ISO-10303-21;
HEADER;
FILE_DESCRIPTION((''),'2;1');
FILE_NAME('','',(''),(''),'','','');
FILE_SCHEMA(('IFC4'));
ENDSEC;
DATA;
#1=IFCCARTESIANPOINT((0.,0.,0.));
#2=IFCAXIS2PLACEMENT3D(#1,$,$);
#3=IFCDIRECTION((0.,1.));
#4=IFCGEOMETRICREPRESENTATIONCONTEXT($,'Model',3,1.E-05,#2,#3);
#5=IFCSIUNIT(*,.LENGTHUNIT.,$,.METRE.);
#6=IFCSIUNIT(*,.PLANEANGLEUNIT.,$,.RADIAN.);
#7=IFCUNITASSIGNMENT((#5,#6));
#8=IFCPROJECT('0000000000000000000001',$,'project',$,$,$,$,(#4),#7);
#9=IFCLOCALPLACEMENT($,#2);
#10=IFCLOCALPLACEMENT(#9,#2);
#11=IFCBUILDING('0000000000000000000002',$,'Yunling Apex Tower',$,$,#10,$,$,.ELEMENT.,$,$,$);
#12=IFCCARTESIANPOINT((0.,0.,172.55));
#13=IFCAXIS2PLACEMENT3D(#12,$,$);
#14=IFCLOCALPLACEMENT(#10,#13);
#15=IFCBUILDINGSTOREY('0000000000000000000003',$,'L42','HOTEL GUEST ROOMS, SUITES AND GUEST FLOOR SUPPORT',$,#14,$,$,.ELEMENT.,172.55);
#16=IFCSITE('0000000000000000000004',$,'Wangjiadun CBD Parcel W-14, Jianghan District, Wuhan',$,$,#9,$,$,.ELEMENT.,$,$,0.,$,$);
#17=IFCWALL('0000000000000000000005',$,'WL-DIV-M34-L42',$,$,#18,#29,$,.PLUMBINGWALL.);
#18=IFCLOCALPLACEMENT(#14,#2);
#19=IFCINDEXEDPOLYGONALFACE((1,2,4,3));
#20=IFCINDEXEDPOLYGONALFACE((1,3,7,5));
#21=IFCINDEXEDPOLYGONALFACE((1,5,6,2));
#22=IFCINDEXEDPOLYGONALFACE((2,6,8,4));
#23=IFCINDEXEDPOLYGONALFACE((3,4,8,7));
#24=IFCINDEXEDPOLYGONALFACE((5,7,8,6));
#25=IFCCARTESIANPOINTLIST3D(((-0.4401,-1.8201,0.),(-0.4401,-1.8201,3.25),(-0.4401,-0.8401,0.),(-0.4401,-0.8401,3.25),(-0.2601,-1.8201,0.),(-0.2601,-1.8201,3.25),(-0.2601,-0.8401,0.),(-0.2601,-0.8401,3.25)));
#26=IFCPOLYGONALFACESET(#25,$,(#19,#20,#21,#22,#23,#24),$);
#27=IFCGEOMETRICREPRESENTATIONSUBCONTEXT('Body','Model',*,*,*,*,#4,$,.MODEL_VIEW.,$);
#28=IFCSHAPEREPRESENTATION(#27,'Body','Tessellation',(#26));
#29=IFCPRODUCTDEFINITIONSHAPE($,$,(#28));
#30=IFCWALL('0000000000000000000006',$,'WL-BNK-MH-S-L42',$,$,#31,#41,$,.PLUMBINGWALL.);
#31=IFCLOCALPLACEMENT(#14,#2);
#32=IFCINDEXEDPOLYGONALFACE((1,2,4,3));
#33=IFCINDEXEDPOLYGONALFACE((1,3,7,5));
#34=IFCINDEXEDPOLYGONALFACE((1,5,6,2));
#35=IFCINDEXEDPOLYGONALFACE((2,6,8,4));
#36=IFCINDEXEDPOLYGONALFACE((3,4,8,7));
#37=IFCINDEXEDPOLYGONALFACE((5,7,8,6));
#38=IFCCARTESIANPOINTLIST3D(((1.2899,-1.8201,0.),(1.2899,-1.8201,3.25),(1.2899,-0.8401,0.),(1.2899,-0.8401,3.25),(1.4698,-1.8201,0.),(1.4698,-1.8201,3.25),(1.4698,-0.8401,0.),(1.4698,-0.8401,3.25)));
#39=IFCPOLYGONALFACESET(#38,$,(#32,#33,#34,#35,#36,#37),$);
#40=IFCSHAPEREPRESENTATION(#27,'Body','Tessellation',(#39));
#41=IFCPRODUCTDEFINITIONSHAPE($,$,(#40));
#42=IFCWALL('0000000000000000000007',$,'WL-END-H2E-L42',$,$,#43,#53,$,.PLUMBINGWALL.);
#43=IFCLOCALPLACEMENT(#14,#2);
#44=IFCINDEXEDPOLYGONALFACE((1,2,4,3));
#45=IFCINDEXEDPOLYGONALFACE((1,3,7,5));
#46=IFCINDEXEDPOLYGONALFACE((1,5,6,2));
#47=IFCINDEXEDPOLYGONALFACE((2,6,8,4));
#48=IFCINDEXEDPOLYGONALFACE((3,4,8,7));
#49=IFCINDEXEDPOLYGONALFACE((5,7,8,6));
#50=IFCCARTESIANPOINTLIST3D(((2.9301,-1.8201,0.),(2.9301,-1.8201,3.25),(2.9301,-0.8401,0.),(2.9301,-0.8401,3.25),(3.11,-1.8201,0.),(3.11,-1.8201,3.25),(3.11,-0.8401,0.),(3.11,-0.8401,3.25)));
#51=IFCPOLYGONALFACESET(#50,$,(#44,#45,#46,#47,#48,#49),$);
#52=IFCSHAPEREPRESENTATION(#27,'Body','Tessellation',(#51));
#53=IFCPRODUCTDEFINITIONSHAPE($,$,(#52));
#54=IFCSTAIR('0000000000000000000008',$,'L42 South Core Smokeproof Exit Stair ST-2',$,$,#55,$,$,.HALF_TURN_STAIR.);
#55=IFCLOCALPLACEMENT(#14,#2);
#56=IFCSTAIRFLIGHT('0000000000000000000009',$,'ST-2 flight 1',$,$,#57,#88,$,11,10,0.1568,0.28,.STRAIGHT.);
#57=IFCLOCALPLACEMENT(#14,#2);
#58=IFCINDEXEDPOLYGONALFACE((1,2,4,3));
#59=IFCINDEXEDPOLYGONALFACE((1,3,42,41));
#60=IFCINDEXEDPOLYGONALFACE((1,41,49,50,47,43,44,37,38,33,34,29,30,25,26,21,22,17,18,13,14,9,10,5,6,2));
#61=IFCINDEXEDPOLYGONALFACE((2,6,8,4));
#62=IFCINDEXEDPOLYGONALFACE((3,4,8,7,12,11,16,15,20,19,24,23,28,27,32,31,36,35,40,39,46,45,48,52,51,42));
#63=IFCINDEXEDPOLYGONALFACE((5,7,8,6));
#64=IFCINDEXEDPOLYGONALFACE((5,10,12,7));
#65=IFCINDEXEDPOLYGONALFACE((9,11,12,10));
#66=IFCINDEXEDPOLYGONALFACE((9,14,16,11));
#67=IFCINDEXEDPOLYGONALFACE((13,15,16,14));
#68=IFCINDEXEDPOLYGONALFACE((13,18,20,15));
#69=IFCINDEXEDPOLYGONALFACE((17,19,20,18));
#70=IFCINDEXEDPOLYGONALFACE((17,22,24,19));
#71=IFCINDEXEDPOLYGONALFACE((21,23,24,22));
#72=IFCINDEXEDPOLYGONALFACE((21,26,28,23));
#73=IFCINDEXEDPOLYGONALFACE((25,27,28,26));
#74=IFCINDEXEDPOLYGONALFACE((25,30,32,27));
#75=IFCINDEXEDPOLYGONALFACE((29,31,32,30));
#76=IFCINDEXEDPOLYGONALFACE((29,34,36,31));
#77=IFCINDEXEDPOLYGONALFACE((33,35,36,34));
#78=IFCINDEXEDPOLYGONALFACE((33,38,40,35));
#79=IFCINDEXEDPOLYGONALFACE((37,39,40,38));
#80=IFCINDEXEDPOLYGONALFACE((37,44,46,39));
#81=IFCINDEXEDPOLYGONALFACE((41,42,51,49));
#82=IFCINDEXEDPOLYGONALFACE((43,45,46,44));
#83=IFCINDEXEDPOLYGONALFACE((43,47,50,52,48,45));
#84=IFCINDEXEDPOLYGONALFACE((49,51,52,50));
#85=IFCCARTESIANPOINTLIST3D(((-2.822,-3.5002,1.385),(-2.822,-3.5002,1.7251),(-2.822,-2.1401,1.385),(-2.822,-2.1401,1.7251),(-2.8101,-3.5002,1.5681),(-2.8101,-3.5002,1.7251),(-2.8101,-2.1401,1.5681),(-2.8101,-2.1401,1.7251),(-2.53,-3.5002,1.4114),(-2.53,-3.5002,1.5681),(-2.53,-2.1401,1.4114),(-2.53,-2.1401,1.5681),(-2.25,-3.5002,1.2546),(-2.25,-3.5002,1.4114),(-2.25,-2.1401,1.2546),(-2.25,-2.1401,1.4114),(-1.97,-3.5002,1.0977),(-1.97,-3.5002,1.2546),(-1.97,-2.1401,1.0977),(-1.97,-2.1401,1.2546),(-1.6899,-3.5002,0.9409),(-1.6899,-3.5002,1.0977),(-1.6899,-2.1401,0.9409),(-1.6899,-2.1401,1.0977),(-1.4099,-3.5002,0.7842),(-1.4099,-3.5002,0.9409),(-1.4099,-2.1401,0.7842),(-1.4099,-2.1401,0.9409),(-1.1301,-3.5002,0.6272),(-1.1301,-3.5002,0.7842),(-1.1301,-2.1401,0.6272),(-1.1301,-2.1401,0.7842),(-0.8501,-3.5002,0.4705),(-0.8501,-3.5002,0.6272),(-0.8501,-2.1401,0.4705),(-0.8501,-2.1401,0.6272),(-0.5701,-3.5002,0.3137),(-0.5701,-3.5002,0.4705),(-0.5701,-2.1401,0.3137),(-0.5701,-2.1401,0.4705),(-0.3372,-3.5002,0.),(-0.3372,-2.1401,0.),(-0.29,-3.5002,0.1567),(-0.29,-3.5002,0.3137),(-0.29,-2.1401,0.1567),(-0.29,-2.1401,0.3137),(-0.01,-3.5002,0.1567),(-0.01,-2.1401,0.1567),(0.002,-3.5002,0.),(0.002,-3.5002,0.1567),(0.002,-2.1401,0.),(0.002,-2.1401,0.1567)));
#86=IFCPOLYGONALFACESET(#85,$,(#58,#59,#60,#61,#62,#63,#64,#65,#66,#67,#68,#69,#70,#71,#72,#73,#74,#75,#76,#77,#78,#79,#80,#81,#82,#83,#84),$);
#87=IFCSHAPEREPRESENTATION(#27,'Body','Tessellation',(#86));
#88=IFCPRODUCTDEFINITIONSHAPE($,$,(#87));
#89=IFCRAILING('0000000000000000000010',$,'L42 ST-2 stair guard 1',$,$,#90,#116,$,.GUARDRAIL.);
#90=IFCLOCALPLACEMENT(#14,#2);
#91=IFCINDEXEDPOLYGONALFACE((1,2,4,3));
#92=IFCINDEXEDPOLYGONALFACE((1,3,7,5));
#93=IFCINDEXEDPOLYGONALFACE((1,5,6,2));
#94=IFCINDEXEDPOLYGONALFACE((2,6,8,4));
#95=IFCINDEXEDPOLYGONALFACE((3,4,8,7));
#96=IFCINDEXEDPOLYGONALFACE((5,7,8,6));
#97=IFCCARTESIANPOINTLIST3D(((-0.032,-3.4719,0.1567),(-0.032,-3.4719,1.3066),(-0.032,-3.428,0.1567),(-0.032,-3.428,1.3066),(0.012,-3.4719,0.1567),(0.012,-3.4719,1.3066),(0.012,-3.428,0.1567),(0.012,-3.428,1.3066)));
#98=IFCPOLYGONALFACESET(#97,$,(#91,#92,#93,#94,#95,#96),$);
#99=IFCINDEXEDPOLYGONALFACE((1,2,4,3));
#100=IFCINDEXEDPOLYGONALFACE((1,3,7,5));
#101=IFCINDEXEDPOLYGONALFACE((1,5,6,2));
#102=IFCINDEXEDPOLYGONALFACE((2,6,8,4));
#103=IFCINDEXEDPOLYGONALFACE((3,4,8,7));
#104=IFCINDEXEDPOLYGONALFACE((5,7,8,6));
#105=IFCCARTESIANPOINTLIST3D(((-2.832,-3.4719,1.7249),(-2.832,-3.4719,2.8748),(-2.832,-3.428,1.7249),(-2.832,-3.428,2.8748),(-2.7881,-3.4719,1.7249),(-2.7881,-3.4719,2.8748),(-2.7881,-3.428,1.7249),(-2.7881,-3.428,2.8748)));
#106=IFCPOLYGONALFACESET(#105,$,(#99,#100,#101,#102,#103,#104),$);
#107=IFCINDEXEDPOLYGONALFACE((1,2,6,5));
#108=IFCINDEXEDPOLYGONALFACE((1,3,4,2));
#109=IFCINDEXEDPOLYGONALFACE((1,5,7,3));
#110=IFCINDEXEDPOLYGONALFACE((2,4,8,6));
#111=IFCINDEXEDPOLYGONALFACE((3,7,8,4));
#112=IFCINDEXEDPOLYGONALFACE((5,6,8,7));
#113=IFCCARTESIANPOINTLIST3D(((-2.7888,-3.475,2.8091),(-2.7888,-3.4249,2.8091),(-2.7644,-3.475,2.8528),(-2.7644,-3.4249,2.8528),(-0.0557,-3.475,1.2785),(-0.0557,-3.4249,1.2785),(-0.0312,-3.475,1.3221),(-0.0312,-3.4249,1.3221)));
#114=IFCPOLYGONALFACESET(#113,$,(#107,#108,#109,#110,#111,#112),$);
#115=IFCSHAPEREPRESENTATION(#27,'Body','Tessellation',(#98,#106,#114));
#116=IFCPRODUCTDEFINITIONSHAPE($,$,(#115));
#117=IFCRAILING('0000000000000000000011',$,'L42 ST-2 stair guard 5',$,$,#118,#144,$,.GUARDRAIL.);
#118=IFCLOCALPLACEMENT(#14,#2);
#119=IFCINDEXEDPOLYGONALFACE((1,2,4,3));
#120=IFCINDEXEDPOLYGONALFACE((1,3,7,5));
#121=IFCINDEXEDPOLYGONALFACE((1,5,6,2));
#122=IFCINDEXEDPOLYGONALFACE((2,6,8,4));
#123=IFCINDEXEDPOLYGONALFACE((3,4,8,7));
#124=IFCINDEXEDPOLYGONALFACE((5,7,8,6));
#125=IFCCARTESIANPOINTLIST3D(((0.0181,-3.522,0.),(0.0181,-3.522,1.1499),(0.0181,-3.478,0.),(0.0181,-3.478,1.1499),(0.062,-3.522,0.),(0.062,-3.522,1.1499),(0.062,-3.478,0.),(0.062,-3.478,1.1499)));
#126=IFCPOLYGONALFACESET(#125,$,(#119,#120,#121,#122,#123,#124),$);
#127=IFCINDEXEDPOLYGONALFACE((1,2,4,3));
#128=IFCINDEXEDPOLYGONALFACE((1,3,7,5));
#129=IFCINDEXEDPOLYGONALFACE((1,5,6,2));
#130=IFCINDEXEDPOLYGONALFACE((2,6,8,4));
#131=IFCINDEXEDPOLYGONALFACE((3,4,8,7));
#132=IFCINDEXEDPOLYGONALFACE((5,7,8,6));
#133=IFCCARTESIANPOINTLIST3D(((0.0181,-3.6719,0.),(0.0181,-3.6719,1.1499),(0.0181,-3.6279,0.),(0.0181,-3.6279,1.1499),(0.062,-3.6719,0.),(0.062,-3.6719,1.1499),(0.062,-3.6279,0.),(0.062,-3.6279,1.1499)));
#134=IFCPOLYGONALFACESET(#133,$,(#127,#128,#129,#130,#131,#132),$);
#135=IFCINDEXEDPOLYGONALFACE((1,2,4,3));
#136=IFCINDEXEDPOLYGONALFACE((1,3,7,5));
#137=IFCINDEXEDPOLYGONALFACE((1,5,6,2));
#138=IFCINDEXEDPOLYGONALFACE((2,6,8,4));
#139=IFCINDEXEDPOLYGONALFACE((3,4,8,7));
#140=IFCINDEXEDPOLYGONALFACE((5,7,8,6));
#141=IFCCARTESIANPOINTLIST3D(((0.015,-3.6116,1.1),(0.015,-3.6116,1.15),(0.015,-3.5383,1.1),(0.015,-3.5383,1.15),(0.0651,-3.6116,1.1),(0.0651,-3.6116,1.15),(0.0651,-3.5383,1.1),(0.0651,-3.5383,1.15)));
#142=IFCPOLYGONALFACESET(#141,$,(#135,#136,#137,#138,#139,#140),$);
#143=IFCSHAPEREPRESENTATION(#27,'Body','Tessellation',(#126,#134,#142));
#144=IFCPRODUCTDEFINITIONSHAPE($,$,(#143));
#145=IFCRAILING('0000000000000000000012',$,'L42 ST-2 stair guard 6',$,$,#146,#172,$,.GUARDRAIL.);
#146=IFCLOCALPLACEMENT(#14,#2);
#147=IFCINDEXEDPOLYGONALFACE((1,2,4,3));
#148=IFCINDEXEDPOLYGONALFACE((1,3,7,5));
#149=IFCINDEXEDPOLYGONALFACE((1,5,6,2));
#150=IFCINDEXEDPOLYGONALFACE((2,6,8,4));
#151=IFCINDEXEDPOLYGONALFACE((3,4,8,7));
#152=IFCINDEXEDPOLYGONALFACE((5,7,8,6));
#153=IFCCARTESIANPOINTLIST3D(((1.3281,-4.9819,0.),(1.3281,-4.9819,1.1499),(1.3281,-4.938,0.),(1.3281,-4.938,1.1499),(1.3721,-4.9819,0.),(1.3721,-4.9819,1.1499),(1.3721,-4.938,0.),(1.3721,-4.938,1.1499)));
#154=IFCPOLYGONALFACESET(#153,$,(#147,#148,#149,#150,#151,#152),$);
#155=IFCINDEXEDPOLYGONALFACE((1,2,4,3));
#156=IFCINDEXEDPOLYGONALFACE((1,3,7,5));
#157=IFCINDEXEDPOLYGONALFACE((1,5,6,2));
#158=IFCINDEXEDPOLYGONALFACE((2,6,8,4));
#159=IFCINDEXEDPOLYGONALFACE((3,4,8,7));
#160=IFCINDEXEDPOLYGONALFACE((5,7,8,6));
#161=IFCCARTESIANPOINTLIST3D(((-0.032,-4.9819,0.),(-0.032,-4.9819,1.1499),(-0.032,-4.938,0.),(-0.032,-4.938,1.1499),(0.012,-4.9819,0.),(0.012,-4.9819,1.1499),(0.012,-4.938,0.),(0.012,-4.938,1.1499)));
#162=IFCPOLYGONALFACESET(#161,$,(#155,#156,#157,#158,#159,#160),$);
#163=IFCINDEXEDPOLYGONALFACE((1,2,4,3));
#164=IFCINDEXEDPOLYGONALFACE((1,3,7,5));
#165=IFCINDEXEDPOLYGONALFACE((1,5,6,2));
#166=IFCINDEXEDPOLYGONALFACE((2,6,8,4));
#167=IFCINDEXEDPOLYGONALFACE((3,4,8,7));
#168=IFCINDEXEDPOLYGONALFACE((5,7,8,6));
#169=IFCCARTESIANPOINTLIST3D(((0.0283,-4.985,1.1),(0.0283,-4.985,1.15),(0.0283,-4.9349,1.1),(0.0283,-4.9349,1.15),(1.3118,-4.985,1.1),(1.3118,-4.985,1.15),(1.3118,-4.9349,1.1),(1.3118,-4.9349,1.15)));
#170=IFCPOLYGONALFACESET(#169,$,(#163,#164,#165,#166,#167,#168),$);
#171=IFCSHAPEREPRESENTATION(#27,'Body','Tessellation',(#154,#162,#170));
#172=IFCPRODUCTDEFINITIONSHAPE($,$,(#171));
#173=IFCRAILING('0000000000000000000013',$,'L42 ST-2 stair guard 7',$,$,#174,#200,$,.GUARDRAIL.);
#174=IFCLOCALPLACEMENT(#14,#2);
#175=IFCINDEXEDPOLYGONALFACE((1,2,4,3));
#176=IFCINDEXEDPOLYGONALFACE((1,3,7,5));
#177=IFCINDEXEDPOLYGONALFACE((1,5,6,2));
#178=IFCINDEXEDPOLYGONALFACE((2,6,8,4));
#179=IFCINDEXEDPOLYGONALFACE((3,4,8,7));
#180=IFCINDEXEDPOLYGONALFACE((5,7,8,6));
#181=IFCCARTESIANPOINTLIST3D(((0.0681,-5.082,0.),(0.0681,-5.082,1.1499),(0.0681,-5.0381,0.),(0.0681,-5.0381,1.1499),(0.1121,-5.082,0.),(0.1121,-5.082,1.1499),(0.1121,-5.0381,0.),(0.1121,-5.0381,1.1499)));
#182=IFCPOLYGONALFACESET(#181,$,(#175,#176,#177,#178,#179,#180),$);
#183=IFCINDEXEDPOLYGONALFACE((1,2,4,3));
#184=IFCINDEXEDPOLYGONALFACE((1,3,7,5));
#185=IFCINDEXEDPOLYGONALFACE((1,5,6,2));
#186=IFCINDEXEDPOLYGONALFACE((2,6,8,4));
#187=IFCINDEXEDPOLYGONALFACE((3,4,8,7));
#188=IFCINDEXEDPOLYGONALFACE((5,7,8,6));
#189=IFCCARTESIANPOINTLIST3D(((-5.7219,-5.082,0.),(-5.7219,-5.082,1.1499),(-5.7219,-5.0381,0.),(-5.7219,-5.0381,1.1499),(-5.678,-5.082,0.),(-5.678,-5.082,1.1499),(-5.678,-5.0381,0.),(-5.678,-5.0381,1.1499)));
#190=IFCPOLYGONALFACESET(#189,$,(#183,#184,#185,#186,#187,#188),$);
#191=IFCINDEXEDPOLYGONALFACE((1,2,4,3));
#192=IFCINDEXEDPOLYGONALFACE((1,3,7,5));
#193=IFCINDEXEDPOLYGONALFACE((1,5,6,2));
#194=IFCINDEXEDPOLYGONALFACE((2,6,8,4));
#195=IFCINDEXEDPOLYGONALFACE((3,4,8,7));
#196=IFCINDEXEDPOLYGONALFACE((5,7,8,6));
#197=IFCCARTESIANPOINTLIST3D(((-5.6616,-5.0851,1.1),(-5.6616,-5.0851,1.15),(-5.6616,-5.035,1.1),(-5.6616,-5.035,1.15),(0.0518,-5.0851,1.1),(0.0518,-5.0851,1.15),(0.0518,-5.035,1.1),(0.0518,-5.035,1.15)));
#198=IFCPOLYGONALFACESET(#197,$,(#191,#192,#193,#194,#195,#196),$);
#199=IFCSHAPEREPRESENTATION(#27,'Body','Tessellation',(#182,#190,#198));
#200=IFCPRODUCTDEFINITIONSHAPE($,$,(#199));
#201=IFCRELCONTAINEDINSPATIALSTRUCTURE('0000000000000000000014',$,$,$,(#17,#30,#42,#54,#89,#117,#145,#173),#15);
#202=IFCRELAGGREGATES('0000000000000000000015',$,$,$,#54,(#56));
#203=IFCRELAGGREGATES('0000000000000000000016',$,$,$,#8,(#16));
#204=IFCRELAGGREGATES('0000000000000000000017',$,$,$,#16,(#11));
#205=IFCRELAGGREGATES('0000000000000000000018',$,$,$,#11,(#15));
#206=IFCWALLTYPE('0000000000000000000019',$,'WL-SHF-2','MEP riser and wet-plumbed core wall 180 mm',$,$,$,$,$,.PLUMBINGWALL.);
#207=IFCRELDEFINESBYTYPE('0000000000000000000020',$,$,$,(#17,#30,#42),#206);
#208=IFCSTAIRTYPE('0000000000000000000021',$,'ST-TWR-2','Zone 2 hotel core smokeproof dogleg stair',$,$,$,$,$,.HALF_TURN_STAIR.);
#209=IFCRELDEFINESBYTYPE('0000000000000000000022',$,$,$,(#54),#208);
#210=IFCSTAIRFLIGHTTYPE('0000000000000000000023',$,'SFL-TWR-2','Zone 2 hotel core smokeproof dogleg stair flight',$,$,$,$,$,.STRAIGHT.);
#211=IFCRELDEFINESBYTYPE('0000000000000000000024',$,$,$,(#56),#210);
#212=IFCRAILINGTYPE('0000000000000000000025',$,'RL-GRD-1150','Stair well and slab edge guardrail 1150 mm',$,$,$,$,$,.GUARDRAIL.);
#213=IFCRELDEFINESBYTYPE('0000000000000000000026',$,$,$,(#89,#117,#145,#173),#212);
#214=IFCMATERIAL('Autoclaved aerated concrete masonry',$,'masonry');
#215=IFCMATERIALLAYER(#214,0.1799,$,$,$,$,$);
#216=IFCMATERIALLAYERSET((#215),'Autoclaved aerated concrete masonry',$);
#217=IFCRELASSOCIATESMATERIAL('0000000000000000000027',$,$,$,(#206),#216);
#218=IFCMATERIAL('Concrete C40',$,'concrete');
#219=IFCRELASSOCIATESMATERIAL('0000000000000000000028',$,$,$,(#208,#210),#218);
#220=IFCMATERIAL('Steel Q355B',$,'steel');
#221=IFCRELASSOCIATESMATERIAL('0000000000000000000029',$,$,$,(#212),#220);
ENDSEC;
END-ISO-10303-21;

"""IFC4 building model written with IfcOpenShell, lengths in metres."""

from ifc_helpers import new_model, si_unit, direction, frame, frame_2d, origin, origin_2d, place, context, subcontext, project, spatial, polyline, rectangle, outline, extrude, material, layer, layer_set, type_object, element, aggregate, save


model = new_model("IFC4")

# Units and contexts
model_context = context("Model", 3, precision=1e-05, world=origin(), true_north=direction((0.0, 1.0)))
body_context = subcontext(model_context, "Body", "Model", "MODEL_VIEW")
ifc_project = project(units=[si_unit("LENGTHUNIT", "METRE"), si_unit("PLANEANGLEUNIT", "RADIAN")], contexts=[model_context])

# Site, building, storey
site_placement = place(None, origin())
site = spatial("IfcSite", under=ifc_project, at=site_placement, Name="Wangjiadun CBD Parcel W-14, Jianghan District, Wuhan", CompositionType="ELEMENT", RefElevation=0.0)
building_placement = place(site_placement, origin())
building = spatial("IfcBuilding", under=site, at=building_placement, Name="Yunling Apex Tower", CompositionType="ELEMENT")
storey_placement = place(building_placement, frame((0.0, 0.0, 172.55)))
storey = spatial("IfcBuildingStorey", under=building, at=storey_placement, Name="L42", Description="HOTEL GUEST ROOMS, SUITES AND GUEST FLOOR SUPPORT", CompositionType="ELEMENT", Elevation=172.55)

# Shared definitions
ifc_material_1 = material(Name="Concrete C40", Category="concrete")

# Shared definitions
ifc_material_2 = material(Name="Autoclaved aerated concrete masonry", Category="masonry")
ifc_material_3 = material(Name="Steel Q355B", Category="steel")

# Walls
ifc_layer_1 = layer(ifc_material_2, 0.1799)
ifc_layer_set_1 = layer_set([ifc_layer_1], Name="Autoclaved aerated concrete masonry")
wall_type_1 = type_object("IfcWallType", Name="WL-SHF-2", Description="MEP riser and wet-plumbed core wall 180 mm", PredefinedType="PLUMBINGWALL", material=ifc_layer_set_1)
for number, where, z_axis, x_axis, name in (
    (1, (-0.3501, -1.8201, 0.0), (0.0, 0.0, 1.0), (0.0, 1.0, 0.0), "WL-DIV-M34-L42"),
    (2, (1.3799, -1.8201, 0.0), (0.0, 0.0, 1.0), (0.0, 1.0, 0.0), "WL-BNK-MH-S-L42"),
    (3, (3.02, -1.8201, 0.0), (0.0, 0.0, 1.0), (0.0, 1.0, 0.0), "WL-END-H2E-L42"),
):
    element("IfcWall", number, at=place(storey_placement, frame(where, z_axis=z_axis, x_axis=x_axis)), inside=storey, type_object=wall_type_1, Name=name, PredefinedType="PLUMBINGWALL", context=body_context, shape_type="SweptSolid", body=[
        extrude(rectangle(XDim=0.98, YDim=0.1799, at=frame_2d((0.49, 0.0))), origin(), (0.0, 0.0, 1.0), 3.25),
    ])

# Stair, stair flight
stair_type = type_object("IfcStairType", Name="ST-TWR-2", Description="Zone 2 hotel core smokeproof dogleg stair", PredefinedType="HALF_TURN_STAIR", material=ifc_material_1)
stair_placement = place(storey_placement, origin())
stair = element("IfcStair", 4, at=stair_placement, inside=storey, type_object=stair_type, Name="L42 South Core Smokeproof Exit Stair ST-2", PredefinedType="HALF_TURN_STAIR")
stair_flight_type = type_object("IfcStairFlightType", Name="SFL-TWR-2", Description="Zone 2 hotel core smokeproof dogleg stair flight", PredefinedType="STRAIGHT", material=ifc_material_1)
stair_flight_placement = place(storey_placement, frame((-0.01, -2.8201, 0.0), z_axis=(0.0, 0.0, 1.0), x_axis=(-1.0, 0.0, 0.0)))
stair_flight = element("IfcStairFlight", 5, at=stair_flight_placement, type_object=stair_flight_type, Name="ST-2 flight 1", NumberOfRisers=11, NumberOfTreads=10, PredefinedType="STRAIGHT", RiserHeight=0.1568, TreadLength=0.28, context=body_context, shape_type="SweptSolid", body=[
    extrude(outline(polyline([(-0.012, 0.0), (-0.012, 0.1567), (0.0, 0.1567), (0.28, 0.1567), (0.28, 0.3137), (0.5601, 0.3137), (0.5601, 0.4705), (0.8401, 0.4705), (0.8401, 0.6272), (1.1201, 0.6272), (1.1201, 0.7842), (1.3999, 0.7842), (1.3999, 0.9409), (1.6799, 0.9409), (1.6799, 1.0977), (1.96, 1.0977), (1.96, 1.2546), (2.24, 1.2546), (2.24, 1.4114), (2.52, 1.4114), (2.52, 1.5681), (2.8, 1.5681), (2.8, 1.7251), (2.812, 1.7251), (2.812, 1.385), (0.3271, 0.0), (-0.012, 0.0)])), frame((0.0, 0.6802, 0.0), z_axis=(0.0, -1.0, 0.0), x_axis=(1.0, 0.0, 0.0)), (0.0, 0.0, 1.0), 1.3601),
])
aggregate(stair, [stair_flight])

# Railings
railing_type_1 = type_object("IfcRailingType", Name="RL-GRD-1150", Description="Stair well and slab edge guardrail 1150 mm", PredefinedType="GUARDRAIL", material=ifc_material_3)
railing_1_placement = place(storey_placement, frame((-0.01, -3.45, 0.1567)))
element("IfcRailing", 6, at=railing_1_placement, inside=storey, type_object=railing_type_1, Name="L42 ST-2 stair guard 1", PredefinedType="GUARDRAIL", context=body_context, shape_type="SweptSolid", body=[
    extrude(rectangle(XDim=0.0439, YDim=0.0439, at=origin_2d()), origin(), (0.0, 0.0, 1.0), 1.1499),
    extrude(rectangle(XDim=0.0439, YDim=0.0439, at=origin_2d()), frame((-2.8, 0.0, 1.5681)), (0.0, 0.0, 1.0), 1.1499),
    extrude(rectangle(XDim=0.05, YDim=0.05, at=origin_2d()), frame((-0.0334, 0.0, 1.1436), z_axis=(-0.872494, 0.0, 0.488624), x_axis=(0.0, -1.0, 0.0)), (0.0, 0.0, 1.0), 3.1326),
])
railing_2_placement = place(storey_placement, frame((0.04, -3.5, 0.0)))
element("IfcRailing", 7, at=railing_2_placement, inside=storey, type_object=railing_type_1, Name="L42 ST-2 stair guard 5", PredefinedType="GUARDRAIL", context=body_context, shape_type="SweptSolid", body=[
    extrude(rectangle(XDim=0.0439, YDim=0.0439, at=origin_2d()), origin(), (0.0, 0.0, 1.0), 1.1499),
    extrude(rectangle(XDim=0.0439, YDim=0.0439, at=origin_2d()), frame((0.0, -0.1499, 0.0)), (0.0, 0.0, 1.0), 1.1499),
    extrude(rectangle(XDim=0.05, YDim=0.05, at=origin_2d()), frame((0.0, -0.0383, 1.125), z_axis=(0.0, -1.0, 0.0), x_axis=(1.0, 0.0, 0.0)), (0.0, 0.0, 1.0), 0.0732),
])
railing_3_placement = place(storey_placement, frame((1.3501, -4.96, 0.0)))
element("IfcRailing", 8, at=railing_3_placement, inside=storey, type_object=railing_type_1, Name="L42 ST-2 stair guard 6", PredefinedType="GUARDRAIL", context=body_context, shape_type="SweptSolid", body=[
    extrude(rectangle(XDim=0.0439, YDim=0.0439, at=origin_2d()), origin(), (0.0, 0.0, 1.0), 1.1499),
    extrude(rectangle(XDim=0.0439, YDim=0.0439, at=origin_2d()), frame((-1.3601, 0.0, 0.0)), (0.0, 0.0, 1.0), 1.1499),
    extrude(rectangle(XDim=0.05, YDim=0.05, at=origin_2d()), frame((-0.0383, 0.0, 1.125), z_axis=(-1.0, 0.0, 0.0), x_axis=(0.0, -1.0, 0.0)), (0.0, 0.0, 1.0), 1.2834),
])
railing_4_placement = place(storey_placement, frame((0.0901, -5.0601, 0.0)))
element("IfcRailing", 9, at=railing_4_placement, inside=storey, type_object=railing_type_1, Name="L42 ST-2 stair guard 7", PredefinedType="GUARDRAIL", context=body_context, shape_type="SweptSolid", body=[
    extrude(rectangle(XDim=0.0439, YDim=0.0439, at=origin_2d()), origin(), (0.0, 0.0, 1.0), 1.1499),
    extrude(rectangle(XDim=0.0439, YDim=0.0439, at=origin_2d()), frame((-5.79, 0.0, 0.0)), (0.0, 0.0, 1.0), 1.1499),
    extrude(rectangle(XDim=0.05, YDim=0.05, at=origin_2d()), frame((-0.0383, 0.0, 1.125), z_axis=(-1.0, 0.0, 0.0), x_axis=(0.0, -1.0, 0.0)), (0.0, 0.0, 1.0), 5.7134),
])

save(model, "model.ifc")
